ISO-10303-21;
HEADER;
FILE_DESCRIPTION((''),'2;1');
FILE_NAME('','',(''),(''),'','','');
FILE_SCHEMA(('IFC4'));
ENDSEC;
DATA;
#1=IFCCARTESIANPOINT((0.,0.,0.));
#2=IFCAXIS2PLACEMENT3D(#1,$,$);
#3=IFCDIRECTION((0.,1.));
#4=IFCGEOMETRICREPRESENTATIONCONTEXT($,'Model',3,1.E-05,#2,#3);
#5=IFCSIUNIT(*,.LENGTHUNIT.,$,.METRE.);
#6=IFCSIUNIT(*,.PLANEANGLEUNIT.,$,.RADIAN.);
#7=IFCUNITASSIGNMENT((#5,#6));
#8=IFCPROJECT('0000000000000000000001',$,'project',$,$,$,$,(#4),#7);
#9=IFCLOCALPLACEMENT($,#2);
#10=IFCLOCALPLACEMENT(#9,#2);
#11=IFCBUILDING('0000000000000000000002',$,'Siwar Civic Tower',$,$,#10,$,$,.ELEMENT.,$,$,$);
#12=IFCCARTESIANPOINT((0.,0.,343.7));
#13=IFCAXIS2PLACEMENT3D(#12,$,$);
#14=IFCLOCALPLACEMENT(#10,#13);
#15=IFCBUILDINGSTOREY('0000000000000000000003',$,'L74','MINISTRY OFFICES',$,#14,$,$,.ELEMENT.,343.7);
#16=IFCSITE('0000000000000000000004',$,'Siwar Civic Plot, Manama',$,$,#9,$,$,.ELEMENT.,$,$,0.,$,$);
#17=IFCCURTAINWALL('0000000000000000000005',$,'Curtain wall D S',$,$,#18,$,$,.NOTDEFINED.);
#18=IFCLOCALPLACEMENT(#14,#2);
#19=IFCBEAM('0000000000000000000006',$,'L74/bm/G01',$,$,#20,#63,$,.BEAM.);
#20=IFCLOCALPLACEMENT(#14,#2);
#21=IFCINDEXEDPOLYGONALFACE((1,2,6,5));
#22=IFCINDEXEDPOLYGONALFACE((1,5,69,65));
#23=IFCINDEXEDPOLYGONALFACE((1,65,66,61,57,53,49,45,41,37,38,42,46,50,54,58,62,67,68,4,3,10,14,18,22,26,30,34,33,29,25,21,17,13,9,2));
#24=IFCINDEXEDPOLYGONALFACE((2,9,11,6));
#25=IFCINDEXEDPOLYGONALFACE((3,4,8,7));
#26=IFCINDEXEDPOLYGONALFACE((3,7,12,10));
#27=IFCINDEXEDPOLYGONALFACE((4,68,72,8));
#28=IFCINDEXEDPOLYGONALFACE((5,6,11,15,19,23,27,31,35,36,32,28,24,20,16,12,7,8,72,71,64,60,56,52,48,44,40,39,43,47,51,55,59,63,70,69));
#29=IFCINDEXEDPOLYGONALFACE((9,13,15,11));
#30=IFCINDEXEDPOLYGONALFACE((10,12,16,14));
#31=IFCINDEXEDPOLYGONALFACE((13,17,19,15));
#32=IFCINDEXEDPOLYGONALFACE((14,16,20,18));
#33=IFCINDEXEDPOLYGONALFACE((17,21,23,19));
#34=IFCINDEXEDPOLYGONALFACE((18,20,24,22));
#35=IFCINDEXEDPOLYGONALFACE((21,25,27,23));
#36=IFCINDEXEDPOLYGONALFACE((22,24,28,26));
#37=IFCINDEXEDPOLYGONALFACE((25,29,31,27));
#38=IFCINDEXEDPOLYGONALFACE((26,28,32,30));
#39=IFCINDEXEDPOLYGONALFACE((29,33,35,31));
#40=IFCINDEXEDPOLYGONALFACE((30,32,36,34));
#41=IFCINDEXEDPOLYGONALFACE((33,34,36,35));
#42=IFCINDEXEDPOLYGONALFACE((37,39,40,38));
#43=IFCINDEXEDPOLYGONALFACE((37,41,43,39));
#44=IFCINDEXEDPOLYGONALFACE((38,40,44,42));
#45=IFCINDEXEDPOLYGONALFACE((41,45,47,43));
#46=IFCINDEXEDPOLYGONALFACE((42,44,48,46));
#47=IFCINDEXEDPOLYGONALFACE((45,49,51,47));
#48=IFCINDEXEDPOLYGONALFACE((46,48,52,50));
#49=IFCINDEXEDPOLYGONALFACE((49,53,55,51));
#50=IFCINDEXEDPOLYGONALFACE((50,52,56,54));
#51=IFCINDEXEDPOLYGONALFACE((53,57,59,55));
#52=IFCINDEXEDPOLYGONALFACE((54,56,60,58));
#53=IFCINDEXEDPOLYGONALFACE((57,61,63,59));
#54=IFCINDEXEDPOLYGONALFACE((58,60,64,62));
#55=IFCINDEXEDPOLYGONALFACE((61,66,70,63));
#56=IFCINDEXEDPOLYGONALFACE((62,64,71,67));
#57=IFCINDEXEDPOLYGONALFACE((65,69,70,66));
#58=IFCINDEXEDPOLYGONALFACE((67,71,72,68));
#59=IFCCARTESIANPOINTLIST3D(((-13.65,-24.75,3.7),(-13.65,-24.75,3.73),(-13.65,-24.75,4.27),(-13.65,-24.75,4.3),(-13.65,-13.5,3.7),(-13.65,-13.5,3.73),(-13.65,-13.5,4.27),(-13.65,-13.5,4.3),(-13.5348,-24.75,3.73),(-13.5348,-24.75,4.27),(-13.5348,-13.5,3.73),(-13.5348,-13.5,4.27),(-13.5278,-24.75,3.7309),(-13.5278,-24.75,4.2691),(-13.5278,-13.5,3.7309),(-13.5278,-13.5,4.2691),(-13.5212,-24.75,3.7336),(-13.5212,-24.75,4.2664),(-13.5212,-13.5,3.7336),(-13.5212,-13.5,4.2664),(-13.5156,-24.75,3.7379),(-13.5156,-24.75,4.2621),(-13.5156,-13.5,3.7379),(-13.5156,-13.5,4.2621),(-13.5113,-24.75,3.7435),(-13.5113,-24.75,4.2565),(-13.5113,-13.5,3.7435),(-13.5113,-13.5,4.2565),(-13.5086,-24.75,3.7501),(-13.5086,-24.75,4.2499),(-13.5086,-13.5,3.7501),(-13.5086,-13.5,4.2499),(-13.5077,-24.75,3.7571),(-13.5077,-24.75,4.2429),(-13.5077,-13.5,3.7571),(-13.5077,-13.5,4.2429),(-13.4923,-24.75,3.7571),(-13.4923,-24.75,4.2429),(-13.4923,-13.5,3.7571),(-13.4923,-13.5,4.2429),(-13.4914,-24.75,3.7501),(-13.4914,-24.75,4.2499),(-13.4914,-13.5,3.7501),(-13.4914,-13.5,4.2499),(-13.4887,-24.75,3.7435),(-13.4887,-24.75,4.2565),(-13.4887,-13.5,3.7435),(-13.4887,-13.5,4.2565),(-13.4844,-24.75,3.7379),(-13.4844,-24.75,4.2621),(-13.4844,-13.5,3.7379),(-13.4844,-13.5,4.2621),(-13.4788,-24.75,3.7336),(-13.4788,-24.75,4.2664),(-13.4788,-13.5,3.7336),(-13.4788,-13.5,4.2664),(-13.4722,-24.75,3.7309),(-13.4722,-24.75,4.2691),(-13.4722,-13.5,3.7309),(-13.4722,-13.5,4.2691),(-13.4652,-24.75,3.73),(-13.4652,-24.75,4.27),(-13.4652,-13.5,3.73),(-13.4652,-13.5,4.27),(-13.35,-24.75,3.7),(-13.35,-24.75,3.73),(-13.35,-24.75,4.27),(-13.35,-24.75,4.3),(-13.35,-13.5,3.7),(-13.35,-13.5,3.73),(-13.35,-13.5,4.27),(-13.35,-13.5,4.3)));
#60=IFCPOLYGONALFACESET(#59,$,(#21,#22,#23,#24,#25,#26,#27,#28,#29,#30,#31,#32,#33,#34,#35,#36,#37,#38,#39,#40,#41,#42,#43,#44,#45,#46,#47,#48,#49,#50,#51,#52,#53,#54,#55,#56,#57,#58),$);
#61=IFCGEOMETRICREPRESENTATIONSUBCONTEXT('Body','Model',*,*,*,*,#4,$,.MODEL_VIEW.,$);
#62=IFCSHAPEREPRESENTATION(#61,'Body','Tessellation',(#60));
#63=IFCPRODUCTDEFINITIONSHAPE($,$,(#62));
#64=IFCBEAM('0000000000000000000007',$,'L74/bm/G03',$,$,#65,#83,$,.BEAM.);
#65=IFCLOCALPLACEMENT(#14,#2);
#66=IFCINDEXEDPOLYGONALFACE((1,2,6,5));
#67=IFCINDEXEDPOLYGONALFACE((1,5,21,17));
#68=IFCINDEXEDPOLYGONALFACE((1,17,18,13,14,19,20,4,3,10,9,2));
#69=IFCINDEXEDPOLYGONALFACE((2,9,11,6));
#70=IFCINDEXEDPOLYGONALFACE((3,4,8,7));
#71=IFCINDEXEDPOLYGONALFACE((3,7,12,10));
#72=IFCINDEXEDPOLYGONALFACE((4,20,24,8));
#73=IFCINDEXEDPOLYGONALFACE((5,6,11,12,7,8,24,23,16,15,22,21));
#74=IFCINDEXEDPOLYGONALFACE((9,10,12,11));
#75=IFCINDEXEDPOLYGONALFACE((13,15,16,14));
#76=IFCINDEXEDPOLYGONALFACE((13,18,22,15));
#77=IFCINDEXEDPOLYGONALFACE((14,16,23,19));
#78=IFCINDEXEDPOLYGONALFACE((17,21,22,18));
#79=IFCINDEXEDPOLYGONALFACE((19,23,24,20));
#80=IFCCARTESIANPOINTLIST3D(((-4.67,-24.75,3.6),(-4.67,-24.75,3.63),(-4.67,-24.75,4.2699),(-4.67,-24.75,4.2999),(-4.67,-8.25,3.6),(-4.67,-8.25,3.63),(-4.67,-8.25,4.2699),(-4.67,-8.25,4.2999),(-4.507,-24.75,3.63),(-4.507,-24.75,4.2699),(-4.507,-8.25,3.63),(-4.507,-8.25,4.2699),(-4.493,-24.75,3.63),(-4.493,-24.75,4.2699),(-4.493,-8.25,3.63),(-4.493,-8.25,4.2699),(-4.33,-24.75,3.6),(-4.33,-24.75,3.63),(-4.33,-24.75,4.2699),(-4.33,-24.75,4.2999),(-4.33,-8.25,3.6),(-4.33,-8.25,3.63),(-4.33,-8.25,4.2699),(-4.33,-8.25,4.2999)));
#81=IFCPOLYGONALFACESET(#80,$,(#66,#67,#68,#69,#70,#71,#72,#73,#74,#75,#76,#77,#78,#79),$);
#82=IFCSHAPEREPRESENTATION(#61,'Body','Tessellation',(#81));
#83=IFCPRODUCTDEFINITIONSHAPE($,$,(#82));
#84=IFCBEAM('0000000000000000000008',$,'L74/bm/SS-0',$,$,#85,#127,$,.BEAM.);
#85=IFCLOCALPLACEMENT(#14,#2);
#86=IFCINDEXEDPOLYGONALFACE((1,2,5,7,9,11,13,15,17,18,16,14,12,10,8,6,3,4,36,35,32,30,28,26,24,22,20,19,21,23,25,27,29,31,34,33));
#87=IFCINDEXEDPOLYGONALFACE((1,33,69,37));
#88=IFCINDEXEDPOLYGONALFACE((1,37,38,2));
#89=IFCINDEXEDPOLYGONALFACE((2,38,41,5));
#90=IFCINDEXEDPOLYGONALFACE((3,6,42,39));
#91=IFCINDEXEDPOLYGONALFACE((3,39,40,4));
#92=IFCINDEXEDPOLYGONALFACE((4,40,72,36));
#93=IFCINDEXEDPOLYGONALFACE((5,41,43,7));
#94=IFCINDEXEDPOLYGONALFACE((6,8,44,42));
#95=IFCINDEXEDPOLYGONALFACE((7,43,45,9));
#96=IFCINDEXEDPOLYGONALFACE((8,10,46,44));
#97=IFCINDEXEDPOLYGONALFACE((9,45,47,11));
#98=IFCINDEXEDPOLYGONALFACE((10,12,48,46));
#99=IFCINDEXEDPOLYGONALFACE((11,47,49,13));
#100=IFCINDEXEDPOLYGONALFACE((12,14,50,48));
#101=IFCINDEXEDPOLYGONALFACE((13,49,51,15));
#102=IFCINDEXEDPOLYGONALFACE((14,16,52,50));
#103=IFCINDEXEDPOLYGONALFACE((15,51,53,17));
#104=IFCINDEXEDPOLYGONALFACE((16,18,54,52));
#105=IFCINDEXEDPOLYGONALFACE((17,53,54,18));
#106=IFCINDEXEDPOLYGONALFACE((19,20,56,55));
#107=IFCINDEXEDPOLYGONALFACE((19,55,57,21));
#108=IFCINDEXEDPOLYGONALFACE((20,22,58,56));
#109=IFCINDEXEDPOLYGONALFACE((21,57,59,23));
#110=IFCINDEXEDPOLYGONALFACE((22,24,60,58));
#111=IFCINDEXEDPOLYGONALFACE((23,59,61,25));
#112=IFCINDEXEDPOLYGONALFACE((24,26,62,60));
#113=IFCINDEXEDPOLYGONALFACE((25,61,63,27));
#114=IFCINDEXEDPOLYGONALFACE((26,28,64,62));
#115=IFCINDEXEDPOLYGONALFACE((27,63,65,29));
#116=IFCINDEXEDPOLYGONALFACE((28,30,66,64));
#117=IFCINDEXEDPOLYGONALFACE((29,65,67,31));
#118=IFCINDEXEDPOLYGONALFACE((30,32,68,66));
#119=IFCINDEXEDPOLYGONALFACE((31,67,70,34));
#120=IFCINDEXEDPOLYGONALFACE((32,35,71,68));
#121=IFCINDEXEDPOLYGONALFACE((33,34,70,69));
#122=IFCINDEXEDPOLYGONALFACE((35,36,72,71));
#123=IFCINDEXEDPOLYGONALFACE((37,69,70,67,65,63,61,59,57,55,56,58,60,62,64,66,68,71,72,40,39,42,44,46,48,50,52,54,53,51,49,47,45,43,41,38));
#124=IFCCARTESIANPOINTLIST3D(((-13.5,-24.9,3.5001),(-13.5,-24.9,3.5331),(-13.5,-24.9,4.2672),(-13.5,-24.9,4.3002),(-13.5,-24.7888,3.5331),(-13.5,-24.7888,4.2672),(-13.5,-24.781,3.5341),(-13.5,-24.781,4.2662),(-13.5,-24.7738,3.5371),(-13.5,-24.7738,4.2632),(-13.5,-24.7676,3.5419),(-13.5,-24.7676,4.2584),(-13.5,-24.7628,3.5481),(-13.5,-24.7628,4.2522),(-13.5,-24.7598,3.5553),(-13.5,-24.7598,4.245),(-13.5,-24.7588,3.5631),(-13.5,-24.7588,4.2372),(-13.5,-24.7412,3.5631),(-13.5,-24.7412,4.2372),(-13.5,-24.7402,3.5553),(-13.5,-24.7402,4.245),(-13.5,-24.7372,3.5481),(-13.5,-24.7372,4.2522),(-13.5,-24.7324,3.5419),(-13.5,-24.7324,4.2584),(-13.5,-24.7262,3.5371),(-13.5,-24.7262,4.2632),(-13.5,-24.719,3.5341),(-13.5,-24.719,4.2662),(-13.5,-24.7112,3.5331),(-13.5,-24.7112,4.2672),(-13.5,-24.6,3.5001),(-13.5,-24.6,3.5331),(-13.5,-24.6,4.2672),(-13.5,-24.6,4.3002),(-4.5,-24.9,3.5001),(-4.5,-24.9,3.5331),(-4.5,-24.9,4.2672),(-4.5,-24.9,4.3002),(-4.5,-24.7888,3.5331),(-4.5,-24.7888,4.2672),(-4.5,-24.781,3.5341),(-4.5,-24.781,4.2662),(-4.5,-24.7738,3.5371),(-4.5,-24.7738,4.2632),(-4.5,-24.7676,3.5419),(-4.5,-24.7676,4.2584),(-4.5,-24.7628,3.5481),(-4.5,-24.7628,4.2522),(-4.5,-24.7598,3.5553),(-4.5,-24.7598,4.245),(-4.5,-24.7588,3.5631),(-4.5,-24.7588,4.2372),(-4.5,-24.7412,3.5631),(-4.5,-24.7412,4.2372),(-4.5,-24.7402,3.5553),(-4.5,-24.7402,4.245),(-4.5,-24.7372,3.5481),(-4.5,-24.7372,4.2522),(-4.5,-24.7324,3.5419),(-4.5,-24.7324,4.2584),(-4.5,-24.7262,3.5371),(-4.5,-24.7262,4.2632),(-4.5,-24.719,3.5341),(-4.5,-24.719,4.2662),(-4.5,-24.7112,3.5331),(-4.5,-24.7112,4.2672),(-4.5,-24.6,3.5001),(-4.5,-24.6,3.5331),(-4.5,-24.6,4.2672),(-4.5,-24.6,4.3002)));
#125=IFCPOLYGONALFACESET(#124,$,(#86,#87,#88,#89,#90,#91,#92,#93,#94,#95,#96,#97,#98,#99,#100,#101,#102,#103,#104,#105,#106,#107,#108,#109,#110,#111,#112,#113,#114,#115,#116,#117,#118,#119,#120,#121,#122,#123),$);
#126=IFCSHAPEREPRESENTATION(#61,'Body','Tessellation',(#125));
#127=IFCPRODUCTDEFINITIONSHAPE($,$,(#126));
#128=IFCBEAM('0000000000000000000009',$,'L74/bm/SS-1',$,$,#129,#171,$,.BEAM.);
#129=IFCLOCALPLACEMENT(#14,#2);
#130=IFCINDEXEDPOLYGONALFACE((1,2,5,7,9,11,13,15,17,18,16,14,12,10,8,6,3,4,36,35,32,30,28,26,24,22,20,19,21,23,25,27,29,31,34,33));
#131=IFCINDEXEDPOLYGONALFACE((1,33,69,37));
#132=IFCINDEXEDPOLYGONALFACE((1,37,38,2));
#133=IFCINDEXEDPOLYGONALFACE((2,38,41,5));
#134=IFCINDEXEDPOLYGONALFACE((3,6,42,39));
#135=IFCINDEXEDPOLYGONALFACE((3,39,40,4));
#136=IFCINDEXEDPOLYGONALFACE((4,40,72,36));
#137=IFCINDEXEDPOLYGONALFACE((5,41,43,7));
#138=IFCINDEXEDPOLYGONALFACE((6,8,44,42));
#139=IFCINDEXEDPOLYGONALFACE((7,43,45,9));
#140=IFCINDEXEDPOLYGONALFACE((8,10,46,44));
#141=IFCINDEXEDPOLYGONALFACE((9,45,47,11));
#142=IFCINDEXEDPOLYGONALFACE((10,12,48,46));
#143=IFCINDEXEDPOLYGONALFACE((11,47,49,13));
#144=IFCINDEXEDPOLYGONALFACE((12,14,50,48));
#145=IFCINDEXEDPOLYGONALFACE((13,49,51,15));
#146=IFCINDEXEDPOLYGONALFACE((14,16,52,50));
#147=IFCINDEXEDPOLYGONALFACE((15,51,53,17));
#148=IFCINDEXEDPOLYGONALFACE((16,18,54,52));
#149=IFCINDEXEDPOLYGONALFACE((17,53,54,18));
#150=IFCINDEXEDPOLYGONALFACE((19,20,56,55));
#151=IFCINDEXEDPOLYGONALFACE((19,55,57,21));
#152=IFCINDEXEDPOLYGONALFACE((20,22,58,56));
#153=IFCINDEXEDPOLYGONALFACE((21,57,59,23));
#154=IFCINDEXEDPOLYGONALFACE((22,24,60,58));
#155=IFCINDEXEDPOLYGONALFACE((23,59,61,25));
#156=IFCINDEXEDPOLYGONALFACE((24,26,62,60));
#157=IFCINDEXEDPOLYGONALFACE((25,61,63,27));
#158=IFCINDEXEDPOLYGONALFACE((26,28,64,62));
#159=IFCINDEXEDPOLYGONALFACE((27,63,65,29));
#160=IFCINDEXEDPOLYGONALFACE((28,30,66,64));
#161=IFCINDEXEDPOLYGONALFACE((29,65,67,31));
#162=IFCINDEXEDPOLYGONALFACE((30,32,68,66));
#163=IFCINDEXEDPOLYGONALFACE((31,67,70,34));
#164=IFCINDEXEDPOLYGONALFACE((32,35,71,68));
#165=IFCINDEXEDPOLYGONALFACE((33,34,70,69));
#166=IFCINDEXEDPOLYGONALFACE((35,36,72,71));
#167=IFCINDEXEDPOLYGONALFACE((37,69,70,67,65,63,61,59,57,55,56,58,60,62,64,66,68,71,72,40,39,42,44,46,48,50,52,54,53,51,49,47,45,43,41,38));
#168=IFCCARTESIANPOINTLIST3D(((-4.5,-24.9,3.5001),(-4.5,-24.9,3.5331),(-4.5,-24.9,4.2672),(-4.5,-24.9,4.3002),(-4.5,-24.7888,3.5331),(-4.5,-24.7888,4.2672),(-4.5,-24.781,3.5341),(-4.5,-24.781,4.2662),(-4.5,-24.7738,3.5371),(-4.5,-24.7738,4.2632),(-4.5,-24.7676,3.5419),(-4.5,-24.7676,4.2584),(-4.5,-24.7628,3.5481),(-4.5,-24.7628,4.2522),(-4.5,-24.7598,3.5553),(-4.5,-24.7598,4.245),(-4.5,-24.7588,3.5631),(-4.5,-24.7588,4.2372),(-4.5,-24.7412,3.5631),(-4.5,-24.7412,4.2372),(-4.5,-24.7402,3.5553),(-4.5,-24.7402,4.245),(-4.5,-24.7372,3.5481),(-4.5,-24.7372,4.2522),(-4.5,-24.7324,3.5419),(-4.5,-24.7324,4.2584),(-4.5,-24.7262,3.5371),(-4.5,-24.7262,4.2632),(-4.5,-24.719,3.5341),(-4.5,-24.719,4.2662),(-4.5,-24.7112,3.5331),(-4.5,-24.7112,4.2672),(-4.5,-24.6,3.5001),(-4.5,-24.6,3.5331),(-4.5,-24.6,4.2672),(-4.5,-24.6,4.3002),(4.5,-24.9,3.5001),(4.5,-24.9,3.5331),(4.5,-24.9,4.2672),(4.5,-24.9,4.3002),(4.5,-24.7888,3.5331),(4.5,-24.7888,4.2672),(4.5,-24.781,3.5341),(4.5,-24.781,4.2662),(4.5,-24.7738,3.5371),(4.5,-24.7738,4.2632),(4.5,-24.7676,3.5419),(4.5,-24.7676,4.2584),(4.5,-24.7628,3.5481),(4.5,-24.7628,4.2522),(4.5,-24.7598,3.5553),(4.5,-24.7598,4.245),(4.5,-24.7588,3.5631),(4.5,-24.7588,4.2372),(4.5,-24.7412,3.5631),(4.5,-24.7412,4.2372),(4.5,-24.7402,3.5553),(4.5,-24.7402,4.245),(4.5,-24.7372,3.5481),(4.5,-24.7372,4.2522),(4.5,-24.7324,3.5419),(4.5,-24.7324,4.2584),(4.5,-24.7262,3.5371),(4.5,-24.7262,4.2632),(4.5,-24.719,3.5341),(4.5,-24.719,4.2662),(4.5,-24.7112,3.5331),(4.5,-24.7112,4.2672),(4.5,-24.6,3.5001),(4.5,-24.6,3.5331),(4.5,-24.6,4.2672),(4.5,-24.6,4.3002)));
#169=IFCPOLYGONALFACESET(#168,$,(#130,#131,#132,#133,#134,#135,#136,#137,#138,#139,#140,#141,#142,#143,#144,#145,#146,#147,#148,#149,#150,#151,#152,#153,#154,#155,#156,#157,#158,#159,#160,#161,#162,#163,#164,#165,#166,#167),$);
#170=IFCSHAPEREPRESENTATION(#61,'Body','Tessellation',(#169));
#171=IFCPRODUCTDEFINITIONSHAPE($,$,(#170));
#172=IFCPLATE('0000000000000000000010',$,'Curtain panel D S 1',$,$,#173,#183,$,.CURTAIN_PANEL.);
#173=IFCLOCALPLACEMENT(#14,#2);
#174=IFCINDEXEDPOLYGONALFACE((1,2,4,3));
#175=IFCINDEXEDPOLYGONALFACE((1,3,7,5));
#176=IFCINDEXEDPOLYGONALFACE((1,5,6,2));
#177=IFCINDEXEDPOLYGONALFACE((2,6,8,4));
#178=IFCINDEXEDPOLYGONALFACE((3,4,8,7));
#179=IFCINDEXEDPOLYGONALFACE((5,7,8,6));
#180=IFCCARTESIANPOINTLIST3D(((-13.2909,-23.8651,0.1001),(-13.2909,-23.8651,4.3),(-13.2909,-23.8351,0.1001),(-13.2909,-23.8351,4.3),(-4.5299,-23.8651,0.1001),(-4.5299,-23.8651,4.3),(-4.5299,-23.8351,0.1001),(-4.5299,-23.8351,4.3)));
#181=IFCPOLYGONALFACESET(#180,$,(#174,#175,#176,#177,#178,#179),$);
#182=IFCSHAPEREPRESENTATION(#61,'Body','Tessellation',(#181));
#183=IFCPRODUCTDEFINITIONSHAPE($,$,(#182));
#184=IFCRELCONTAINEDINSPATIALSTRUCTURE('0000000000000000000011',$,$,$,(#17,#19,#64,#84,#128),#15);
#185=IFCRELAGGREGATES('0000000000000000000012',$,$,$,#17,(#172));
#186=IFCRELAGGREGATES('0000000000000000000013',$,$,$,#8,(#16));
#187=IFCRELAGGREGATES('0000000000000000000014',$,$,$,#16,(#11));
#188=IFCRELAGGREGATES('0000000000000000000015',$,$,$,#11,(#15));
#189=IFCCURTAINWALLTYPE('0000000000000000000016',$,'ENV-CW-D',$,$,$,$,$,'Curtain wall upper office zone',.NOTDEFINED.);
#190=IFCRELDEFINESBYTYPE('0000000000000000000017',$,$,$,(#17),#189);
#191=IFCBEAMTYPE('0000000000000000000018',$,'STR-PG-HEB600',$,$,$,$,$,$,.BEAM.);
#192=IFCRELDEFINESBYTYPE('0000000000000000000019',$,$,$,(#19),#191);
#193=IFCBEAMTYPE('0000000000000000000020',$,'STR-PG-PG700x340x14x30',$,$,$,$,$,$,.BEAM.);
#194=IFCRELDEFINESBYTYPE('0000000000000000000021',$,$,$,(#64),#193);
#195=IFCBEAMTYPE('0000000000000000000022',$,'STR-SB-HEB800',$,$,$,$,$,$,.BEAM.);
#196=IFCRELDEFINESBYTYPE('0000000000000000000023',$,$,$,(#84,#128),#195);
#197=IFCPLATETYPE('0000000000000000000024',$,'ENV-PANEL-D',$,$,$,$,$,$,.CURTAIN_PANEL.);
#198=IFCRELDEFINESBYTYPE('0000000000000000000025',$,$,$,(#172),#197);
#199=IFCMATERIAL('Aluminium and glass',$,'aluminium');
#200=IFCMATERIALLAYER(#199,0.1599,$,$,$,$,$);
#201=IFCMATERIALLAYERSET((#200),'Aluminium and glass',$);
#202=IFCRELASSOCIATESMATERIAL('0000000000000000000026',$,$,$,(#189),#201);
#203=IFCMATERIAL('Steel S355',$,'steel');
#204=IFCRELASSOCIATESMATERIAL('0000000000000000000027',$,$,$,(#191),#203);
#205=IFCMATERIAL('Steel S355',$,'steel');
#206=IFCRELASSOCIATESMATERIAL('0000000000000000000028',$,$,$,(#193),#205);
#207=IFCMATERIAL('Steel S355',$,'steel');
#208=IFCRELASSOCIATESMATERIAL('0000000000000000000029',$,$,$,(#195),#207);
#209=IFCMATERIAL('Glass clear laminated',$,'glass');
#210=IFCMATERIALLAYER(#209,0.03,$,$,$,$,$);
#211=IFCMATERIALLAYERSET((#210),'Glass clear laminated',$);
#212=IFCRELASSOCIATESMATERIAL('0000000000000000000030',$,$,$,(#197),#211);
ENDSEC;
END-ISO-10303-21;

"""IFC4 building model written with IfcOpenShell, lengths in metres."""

from ifc_helpers import new_model, si_unit, direction, frame, origin, origin_2d, place, context, subcontext, project, spatial, rectangle, i_section, extrude, material, layer, layer_set, material_profile, profile_set, type_object, element, aggregate, save


model = new_model("IFC4")

# Units and contexts
model_context = context("Model", 3, precision=1e-05, world=origin(), true_north=direction((0.0, 1.0)))
body_context = subcontext(model_context, "Body", "Model", "MODEL_VIEW")
ifc_project = project(units=[si_unit("LENGTHUNIT", "METRE"), si_unit("PLANEANGLEUNIT", "RADIAN")], contexts=[model_context])

# Site, building, storey
site_placement = place(None, origin())
site = spatial("IfcSite", under=ifc_project, at=site_placement, Name="Siwar Civic Plot, Manama", CompositionType="ELEMENT", RefElevation=0.0)
building_placement = place(site_placement, origin())
building = spatial("IfcBuilding", under=site, at=building_placement, Name="Siwar Civic Tower", CompositionType="ELEMENT")
storey_placement = place(building_placement, frame((0.0, 0.0, 343.7)))
storey = spatial("IfcBuildingStorey", under=building, at=storey_placement, Name="L74", Description="MINISTRY OFFICES", CompositionType="ELEMENT", Elevation=343.7)

# Curtain wall
ifc_material_1 = material(Name="Aluminium and glass", Category="aluminium")
ifc_layer_1 = layer(ifc_material_1, 0.1599)
ifc_layer_set_1 = layer_set([ifc_layer_1], Name="Aluminium and glass")
curtain_wall_type = type_object("IfcCurtainWallType", Name="ENV-CW-D", ElementType="Curtain wall upper office zone", PredefinedType="NOTDEFINED", material=ifc_layer_set_1)
curtain_wall_placement = place(storey_placement, origin())
curtain_wall = element("IfcCurtainWall", 1, at=curtain_wall_placement, inside=storey, type_object=curtain_wall_type, Name="Curtain wall D S", PredefinedType="NOTDEFINED")

# Beams
ifc_material_2 = material(Name="Steel S355", Category="steel")
ifc_material_profile_1 = material_profile(ifc_material_2, i_section(OverallWidth=0.3, OverallDepth=0.6001, WebThickness=0.0154, FlangeThickness=0.03, FilletRadius=0.0271, at=origin_2d()), Name="HEB600")
ifc_profile_set_1 = profile_set([ifc_material_profile_1], Name="Steel S355")
beam_type_1 = type_object("IfcBeamType", Name="STR-PG-HEB600", PredefinedType="BEAM", material=ifc_profile_set_1)
beam_1_placement = place(storey_placement, frame((-13.5, -24.75, 4.0), z_axis=(0.0, 1.0, 0.0), x_axis=(-1.0, 0.0, 0.0)))
element("IfcBeam", 2, at=beam_1_placement, inside=storey, type_object=beam_type_1, Name="L74/bm/G01", PredefinedType="BEAM", context=body_context, shape_type="SweptSolid", body=[
    extrude(i_section(OverallWidth=0.3, OverallDepth=0.6001, WebThickness=0.0154, FlangeThickness=0.03, FilletRadius=0.0271, at=origin_2d()), origin(), (0.0, 0.0, 1.0), 11.25),
])
ifc_material_3 = material(Name="Steel S355", Category="steel")
ifc_material_profile_2 = material_profile(ifc_material_3, i_section(OverallWidth=0.3401, OverallDepth=0.7, WebThickness=0.0139, FlangeThickness=0.03, at=origin_2d()), Name="PG700x340x14x30")
ifc_profile_set_2 = profile_set([ifc_material_profile_2], Name="Steel S355")
beam_type_2 = type_object("IfcBeamType", Name="STR-PG-PG700x340x14x30", PredefinedType="BEAM", material=ifc_profile_set_2)
beam_2_placement = place(storey_placement, frame((-4.5, -24.75, 3.95), z_axis=(0.0, 1.0, 0.0), x_axis=(-1.0, 0.0, 0.0)))
element("IfcBeam", 3, at=beam_2_placement, inside=storey, type_object=beam_type_2, Name="L74/bm/G03", PredefinedType="BEAM", context=body_context, shape_type="SweptSolid", body=[
    extrude(i_section(OverallWidth=0.3401, OverallDepth=0.7, WebThickness=0.0139, FlangeThickness=0.03, at=origin_2d()), origin(), (0.0, 0.0, 1.0), 16.5),
])
ifc_material_4 = material(Name="Steel S355", Category="steel")
ifc_material_profile_3 = material_profile(ifc_material_4, i_section(OverallWidth=0.3, OverallDepth=0.8, WebThickness=0.0176, FlangeThickness=0.033, FilletRadius=0.03, at=origin_2d()), Name="HEB800")
ifc_profile_set_3 = profile_set([ifc_material_profile_3], Name="Steel S355")
beam_type_3 = type_object("IfcBeamType", Name="STR-SB-HEB800", PredefinedType="BEAM", material=ifc_profile_set_3)
for number, where, z_axis, x_axis, name in (
    (4, (-13.5, -24.75, 3.9001), (1.0, 0.0, 0.0), (0.0, 1.0, 0.0), "L74/bm/SS-0"),
    (5, (-4.5, -24.75, 3.9001), (1.0, 0.0, 0.0), (0.0, 1.0, 0.0), "L74/bm/SS-1"),
):
    element("IfcBeam", number, at=place(storey_placement, frame(where, z_axis=z_axis, x_axis=x_axis)), inside=storey, type_object=beam_type_3, Name=name, PredefinedType="BEAM", context=body_context, shape_type="SweptSolid", body=[
        extrude(i_section(OverallWidth=0.3, OverallDepth=0.8, WebThickness=0.0176, FlangeThickness=0.033, FilletRadius=0.03, at=origin_2d()), origin(), (0.0, 0.0, 1.0), 9.0),
    ])

# Plate
ifc_material_5 = material(Name="Glass clear laminated", Category="glass")
ifc_layer_2 = layer(ifc_material_5, 0.03)
ifc_layer_set_2 = layer_set([ifc_layer_2], Name="Glass clear laminated")
plate_type = type_object("IfcPlateType", Name="ENV-PANEL-D", PredefinedType="CURTAIN_PANEL", material=ifc_layer_set_2)
plate_placement = place(storey_placement, frame((-8.9104, -23.8501, 0.1001), z_axis=(0.0, 0.0, 1.0), x_axis=(1.0, 0.0, 0.0)))
plate = element("IfcPlate", 6, at=plate_placement, type_object=plate_type, Name="Curtain panel D S 1", PredefinedType="CURTAIN_PANEL", context=body_context, shape_type="SweptSolid", body=[
    extrude(rectangle(XDim=8.761, YDim=0.03, at=origin_2d()), origin(), (0.0, 0.0, 1.0), 4.2),
])
aggregate(curtain_wall, [plate])

save(model, "model.ifc")
